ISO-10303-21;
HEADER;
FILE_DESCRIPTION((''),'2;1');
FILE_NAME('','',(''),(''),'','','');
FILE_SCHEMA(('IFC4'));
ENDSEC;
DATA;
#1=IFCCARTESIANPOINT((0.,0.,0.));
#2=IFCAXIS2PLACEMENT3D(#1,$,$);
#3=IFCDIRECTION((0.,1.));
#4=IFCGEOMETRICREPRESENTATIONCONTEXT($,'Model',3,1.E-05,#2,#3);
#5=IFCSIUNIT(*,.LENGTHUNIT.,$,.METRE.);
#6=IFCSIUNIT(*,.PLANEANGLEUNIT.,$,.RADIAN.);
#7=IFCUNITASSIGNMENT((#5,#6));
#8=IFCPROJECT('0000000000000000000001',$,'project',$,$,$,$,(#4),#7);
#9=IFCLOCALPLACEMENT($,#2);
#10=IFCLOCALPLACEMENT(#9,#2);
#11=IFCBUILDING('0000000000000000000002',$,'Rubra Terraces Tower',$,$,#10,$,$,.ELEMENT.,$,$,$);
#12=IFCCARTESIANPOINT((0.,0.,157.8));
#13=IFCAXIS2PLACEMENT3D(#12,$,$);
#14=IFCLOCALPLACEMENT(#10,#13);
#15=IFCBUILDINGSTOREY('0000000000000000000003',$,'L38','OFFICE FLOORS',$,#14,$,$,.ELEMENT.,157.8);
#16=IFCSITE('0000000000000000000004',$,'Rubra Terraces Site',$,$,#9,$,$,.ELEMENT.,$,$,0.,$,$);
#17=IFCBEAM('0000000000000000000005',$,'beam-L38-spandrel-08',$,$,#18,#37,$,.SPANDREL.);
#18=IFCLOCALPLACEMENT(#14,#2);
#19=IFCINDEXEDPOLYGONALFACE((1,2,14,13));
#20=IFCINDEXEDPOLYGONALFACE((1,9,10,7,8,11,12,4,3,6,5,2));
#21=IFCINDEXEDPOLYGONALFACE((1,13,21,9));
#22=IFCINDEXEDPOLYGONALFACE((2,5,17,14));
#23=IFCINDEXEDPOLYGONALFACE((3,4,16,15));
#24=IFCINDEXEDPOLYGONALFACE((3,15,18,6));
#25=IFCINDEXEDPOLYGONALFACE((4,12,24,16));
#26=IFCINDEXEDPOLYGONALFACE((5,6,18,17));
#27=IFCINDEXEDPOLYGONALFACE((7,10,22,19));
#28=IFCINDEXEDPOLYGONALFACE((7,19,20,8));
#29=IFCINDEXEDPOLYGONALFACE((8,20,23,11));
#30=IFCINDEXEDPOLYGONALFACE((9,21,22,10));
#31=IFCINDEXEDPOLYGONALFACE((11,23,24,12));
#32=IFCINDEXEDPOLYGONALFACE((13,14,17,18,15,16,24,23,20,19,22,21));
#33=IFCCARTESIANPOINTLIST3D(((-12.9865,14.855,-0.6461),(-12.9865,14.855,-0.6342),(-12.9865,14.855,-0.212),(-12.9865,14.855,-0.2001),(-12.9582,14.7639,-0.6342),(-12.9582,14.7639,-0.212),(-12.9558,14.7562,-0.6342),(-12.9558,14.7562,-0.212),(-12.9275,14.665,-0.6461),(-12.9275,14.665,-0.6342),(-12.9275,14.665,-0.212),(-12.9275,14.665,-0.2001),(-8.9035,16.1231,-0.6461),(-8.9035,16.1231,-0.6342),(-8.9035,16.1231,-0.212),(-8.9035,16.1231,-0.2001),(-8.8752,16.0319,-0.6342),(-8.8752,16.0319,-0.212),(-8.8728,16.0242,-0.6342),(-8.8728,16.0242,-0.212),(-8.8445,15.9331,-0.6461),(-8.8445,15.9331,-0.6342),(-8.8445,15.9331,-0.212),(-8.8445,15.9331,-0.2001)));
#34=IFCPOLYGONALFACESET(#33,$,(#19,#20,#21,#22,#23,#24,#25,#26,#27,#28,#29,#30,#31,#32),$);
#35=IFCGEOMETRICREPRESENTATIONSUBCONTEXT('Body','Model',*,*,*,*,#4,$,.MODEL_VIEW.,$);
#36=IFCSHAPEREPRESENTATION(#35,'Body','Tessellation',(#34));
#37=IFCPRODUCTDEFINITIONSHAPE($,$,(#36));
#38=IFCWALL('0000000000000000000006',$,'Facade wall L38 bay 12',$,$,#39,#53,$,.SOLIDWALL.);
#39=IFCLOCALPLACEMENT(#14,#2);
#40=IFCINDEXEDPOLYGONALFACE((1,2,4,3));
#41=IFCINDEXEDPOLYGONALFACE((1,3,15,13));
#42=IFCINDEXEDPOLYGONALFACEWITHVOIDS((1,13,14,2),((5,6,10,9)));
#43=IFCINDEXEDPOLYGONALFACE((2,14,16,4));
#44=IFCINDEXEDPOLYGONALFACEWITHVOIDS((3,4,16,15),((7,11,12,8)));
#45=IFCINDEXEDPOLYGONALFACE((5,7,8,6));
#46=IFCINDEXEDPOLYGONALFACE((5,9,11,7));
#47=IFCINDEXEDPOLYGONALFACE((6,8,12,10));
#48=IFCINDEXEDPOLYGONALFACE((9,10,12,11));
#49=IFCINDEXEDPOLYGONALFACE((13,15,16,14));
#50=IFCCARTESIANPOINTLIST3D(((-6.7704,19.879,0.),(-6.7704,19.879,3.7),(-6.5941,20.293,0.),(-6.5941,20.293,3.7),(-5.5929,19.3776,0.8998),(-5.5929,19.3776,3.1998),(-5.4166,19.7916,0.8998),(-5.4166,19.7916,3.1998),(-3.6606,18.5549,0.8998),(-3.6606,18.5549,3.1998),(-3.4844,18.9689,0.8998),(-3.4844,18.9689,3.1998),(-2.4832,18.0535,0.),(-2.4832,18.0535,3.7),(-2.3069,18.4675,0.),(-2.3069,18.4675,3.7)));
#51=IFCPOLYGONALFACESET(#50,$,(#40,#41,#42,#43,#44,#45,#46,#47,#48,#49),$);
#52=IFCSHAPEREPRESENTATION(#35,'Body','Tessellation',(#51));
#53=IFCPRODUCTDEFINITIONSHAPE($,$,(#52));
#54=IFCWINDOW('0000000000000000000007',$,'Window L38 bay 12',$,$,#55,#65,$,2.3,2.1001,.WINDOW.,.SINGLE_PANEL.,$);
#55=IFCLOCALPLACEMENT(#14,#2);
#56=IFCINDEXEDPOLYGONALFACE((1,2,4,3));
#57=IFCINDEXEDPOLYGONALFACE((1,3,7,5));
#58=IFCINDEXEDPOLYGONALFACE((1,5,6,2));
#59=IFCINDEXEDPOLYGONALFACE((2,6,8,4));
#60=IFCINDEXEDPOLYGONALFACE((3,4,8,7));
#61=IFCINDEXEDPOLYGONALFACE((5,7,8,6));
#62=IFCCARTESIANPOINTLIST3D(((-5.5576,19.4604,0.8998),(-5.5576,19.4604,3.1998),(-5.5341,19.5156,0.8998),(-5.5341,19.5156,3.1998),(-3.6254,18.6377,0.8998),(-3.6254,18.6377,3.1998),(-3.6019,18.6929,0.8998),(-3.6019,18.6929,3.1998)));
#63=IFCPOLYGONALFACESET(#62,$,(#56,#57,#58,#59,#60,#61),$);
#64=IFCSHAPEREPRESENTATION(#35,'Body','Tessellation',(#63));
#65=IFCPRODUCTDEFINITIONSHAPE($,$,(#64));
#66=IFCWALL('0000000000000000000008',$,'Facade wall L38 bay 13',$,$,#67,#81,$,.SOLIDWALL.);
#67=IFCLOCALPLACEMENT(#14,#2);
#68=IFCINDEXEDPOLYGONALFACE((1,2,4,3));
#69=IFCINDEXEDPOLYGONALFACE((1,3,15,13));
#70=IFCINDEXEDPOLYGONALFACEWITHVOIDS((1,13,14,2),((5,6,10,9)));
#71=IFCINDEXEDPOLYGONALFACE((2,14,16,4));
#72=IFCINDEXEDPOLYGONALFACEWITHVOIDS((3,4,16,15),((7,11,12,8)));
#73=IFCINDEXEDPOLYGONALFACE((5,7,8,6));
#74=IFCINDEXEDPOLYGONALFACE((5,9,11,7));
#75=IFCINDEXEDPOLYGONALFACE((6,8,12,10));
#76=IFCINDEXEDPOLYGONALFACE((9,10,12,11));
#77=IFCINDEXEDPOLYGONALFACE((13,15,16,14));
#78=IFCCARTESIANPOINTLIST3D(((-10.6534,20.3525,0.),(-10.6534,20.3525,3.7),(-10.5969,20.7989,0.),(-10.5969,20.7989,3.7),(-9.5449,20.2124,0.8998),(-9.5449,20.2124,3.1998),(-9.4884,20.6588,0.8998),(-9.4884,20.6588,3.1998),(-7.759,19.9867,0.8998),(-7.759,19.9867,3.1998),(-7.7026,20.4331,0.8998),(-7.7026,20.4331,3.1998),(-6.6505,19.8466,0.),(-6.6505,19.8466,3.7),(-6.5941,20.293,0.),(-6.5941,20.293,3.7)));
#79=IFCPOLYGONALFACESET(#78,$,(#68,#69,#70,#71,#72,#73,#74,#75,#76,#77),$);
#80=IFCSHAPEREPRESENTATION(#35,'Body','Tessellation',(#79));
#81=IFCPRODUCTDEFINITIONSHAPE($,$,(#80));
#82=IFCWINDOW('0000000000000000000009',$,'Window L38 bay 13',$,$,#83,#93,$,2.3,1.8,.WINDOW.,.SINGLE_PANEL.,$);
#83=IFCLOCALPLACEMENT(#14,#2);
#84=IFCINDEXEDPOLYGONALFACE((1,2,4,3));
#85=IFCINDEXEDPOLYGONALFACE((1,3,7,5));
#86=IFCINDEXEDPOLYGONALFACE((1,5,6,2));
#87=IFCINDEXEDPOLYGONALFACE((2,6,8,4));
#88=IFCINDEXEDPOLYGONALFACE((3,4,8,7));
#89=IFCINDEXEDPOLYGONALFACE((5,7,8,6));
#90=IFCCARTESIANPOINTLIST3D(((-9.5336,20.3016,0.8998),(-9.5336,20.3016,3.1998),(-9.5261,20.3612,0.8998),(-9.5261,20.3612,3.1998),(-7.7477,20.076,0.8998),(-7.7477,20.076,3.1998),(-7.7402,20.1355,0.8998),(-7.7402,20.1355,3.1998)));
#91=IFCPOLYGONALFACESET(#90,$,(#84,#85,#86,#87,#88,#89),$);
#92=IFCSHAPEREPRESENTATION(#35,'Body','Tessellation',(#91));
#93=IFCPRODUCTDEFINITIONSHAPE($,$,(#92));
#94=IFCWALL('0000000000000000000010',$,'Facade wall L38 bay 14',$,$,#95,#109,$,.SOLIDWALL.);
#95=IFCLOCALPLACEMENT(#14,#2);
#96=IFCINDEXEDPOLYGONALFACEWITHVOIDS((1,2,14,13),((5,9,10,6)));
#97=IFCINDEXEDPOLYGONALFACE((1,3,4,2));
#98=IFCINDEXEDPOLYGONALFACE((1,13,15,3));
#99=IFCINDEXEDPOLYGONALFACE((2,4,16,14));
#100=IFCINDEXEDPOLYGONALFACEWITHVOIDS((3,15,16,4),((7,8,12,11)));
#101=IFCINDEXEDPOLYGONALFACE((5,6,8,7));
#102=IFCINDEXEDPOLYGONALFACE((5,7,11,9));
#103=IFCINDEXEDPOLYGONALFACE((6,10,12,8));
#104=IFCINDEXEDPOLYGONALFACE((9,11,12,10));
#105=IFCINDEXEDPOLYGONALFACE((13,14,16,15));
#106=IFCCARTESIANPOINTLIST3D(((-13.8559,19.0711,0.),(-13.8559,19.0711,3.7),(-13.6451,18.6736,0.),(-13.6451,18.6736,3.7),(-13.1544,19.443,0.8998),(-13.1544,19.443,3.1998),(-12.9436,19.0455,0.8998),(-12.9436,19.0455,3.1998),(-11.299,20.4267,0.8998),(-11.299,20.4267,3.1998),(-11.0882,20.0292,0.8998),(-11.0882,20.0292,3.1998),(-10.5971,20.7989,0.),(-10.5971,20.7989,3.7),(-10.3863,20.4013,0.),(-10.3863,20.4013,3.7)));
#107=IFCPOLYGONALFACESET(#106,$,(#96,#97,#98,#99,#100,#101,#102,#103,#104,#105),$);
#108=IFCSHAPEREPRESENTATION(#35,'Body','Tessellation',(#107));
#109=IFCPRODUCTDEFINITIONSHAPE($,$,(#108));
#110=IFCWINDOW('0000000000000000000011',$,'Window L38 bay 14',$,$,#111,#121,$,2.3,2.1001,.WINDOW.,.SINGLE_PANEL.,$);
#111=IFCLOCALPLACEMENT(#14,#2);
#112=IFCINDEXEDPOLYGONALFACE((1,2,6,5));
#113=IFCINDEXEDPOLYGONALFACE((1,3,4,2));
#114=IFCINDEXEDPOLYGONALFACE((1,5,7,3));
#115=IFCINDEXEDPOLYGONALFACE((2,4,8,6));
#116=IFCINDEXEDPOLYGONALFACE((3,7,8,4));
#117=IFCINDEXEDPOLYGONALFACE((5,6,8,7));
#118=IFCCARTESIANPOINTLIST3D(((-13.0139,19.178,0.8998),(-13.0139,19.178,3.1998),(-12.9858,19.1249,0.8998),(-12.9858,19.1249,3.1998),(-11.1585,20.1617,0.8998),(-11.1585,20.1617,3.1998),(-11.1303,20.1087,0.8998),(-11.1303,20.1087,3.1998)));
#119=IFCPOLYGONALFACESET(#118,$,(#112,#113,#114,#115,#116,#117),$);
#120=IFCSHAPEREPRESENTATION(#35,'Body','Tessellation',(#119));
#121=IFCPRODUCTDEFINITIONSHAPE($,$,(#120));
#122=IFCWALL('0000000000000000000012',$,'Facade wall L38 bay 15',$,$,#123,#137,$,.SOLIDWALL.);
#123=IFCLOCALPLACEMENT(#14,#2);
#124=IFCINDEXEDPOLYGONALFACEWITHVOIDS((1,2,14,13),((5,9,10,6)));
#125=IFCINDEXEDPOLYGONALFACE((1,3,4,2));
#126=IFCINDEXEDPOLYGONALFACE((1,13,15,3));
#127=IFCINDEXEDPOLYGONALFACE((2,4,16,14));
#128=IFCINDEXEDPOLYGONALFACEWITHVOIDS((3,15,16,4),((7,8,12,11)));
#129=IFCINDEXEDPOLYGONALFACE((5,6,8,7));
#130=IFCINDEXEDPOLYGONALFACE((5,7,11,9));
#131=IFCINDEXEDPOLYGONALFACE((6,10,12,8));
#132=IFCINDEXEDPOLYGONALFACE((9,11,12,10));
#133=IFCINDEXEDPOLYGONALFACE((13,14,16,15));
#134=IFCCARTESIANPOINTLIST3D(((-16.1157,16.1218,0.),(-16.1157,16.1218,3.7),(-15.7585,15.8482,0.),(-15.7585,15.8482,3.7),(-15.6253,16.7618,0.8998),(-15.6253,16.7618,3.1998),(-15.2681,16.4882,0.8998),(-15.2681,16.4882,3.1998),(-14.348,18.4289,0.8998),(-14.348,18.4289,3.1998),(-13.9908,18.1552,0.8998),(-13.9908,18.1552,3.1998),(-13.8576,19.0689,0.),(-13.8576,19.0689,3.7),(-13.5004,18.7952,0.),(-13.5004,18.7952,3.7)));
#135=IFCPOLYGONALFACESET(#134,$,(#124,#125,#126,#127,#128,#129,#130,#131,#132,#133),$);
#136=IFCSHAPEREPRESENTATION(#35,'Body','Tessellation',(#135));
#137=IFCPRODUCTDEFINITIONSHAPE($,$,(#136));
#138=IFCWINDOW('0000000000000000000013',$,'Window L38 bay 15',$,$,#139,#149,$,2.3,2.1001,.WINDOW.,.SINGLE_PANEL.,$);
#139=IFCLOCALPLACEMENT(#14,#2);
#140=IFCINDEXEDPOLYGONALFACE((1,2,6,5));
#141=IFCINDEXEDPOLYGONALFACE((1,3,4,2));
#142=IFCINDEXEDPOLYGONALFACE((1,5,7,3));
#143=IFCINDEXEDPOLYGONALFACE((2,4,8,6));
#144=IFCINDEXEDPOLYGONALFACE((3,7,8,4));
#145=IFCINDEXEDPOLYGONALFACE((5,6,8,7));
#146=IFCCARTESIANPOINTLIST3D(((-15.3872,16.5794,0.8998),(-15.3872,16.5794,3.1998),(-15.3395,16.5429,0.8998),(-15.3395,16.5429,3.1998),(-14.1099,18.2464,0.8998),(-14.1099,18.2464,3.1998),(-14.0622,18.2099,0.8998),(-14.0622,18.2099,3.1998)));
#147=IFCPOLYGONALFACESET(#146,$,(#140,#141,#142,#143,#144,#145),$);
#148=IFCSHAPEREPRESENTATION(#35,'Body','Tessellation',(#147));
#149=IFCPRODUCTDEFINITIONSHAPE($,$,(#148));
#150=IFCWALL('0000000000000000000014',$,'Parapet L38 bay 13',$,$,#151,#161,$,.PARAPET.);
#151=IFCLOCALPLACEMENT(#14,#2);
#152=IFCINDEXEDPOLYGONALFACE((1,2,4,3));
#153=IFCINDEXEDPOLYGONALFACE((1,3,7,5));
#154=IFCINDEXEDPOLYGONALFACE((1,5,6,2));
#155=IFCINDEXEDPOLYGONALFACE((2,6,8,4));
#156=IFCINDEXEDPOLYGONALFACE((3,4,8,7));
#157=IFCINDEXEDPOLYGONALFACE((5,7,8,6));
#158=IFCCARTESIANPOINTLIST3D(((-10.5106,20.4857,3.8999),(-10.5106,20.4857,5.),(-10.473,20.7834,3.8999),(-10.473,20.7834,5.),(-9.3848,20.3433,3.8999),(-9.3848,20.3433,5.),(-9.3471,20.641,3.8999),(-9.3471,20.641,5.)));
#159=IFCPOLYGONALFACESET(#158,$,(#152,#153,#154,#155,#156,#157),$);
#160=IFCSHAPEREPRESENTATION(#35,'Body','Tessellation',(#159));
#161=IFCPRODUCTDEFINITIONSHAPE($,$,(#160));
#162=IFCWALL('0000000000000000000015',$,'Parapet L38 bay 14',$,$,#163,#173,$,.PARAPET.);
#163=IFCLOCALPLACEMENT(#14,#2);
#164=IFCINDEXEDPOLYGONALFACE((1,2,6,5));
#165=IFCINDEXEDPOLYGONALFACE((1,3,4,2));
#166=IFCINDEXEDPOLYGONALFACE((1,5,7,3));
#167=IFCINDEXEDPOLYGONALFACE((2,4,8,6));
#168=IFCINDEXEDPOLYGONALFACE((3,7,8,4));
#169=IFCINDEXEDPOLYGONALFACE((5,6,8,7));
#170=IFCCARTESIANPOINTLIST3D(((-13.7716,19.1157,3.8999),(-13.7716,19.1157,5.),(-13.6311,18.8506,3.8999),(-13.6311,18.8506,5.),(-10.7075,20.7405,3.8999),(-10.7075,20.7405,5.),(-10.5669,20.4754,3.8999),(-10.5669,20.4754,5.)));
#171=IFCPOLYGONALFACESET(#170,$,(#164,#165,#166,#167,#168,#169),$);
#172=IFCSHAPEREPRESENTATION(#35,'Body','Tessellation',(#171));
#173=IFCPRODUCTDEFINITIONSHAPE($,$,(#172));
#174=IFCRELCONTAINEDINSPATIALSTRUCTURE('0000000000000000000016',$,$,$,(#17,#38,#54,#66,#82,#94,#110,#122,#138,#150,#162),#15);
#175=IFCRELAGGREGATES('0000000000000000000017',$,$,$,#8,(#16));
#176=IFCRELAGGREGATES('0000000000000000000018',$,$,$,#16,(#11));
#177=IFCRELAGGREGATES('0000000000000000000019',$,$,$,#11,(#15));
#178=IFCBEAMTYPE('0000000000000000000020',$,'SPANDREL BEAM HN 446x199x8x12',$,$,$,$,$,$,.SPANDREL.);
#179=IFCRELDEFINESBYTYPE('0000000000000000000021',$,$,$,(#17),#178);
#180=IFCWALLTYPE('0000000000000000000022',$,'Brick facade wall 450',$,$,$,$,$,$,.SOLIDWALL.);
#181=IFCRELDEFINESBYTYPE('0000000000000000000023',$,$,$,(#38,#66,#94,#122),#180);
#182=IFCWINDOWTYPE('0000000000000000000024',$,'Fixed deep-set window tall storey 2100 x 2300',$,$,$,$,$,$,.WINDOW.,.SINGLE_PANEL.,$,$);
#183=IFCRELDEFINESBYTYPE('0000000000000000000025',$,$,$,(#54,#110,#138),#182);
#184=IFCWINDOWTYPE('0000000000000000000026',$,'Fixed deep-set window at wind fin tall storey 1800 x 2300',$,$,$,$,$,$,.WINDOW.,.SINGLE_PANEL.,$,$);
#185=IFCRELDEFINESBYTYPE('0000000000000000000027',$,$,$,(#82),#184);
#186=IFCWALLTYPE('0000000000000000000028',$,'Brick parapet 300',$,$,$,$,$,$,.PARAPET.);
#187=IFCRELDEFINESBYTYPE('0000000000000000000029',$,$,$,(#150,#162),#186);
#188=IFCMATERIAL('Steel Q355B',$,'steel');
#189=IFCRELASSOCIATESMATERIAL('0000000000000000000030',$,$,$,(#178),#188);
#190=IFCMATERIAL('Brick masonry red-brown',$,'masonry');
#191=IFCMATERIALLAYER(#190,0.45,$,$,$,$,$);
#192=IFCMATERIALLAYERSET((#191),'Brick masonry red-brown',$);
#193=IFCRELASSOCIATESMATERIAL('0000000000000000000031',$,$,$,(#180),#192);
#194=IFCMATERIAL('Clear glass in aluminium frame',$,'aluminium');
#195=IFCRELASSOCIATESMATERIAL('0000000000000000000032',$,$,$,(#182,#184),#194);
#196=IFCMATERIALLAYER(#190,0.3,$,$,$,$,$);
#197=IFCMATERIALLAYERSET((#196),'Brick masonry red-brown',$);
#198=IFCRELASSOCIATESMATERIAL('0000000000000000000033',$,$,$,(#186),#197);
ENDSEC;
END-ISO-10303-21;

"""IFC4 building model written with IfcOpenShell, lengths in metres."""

from ifc_helpers import new_model, si_unit, direction, frame, frame_2d, origin, origin_2d, place, context, subcontext, project, spatial, rectangle, i_section, extrude, material, layer, layer_set, material_profile, profile_set, type_object, element, fill, save


model = new_model("IFC4")

# Units and contexts
model_context = context("Model", 3, precision=1e-05, world=origin(), true_north=direction((0.0, 1.0)))
body_context = subcontext(model_context, "Body", "Model", "MODEL_VIEW")
ifc_project = project(units=[si_unit("LENGTHUNIT", "METRE"), si_unit("PLANEANGLEUNIT", "RADIAN")], contexts=[model_context])

# Site, building, storey
site_placement = place(None, origin())
site = spatial("IfcSite", under=ifc_project, at=site_placement, Name="Rubra Terraces Site", CompositionType="ELEMENT", RefElevation=0.0)
building_placement = place(site_placement, origin())
building = spatial("IfcBuilding", under=site, at=building_placement, Name="Rubra Terraces Tower", CompositionType="ELEMENT")
storey_placement = place(building_placement, frame((0.0, 0.0, 157.8)))
storey = spatial("IfcBuildingStorey", under=building, at=storey_placement, Name="L38", Description="OFFICE FLOORS", CompositionType="ELEMENT", Elevation=157.8)

# Beam
ifc_material_1 = material(Name="Steel Q355B", Category="steel")
ifc_material_profile_1 = material_profile(ifc_material_1, i_section(OverallWidth=0.199, OverallDepth=0.446, WebThickness=0.0081, FlangeThickness=0.012, at=origin_2d()), Name="HN 446x199x8x12")
ifc_profile_set_1 = profile_set([ifc_material_profile_1], Name="Steel Q355B")
beam_type_1 = type_object("IfcBeamType", Name="SPANDREL BEAM HN 446x199x8x12", PredefinedType="SPANDREL", material=ifc_profile_set_1)
beam_1_placement = place(storey_placement, frame((-8.874, 16.0281, -0.4231), z_axis=(-0.955003, -0.296597, 0.0), x_axis=(0.296597, -0.955003, 0.0)))
element("IfcBeam", 1, at=beam_1_placement, inside=storey, type_object=beam_type_1, Name="beam-L38-spandrel-08", PredefinedType="SPANDREL", context=body_context, shape_type="SweptSolid", body=[
    extrude(i_section(OverallWidth=0.199, OverallDepth=0.446, WebThickness=0.0081, FlangeThickness=0.012, at=origin_2d()), origin(), (0.0, 0.0, 1.0), 4.2754),
])

# Walls, openings, windows
ifc_material_2 = material(Name="Brick masonry red-brown", Category="masonry")
ifc_layer_1 = layer(ifc_material_2, 0.45)
ifc_layer_set_1 = layer_set([ifc_layer_1], Name="Brick masonry red-brown")
wall_type_1 = type_object("IfcWallType", Name="Brick facade wall 450", PredefinedType="SOLIDWALL", material=ifc_layer_set_1)
wall_1_placement = place(storey_placement, frame((-2.395, 18.2605, 0.0), z_axis=(0.0, 0.0, 1.0), x_axis=(-0.920067, 0.391762, 0.0)))
wall_1 = element("IfcWall", 2, at=wall_1_placement, inside=storey, type_object=wall_type_1, Name="Facade wall L38 bay 12", PredefinedType="SOLIDWALL", context=body_context, shape_type="SweptSolid", body=[
    extrude(rectangle(XDim=4.6597, YDim=0.45, at=frame_2d((2.3298, 0.0))), origin(), (0.0, 0.0, 1.0), 3.7),
])
opening_1_placement = place(wall_1_placement, frame((1.2798, 0.0, 0.8999)))
opening_1 = element("IfcOpeningElement", 3, at=opening_1_placement, cuts=wall_1, PredefinedType="OPENING", context=body_context, shape_type="SweptSolid", body=[
    extrude(rectangle(XDim=2.1001, YDim=2.3, at=frame_2d((1.05, 1.1499))), frame((0.0, 0.2349, 0.0), z_axis=(0.0, -1.0, 0.0), x_axis=(1.0, 0.0, 0.0)), (0.0, 0.0, 1.0), 0.47),
])
ifc_material_3 = material(Name="Clear glass in aluminium frame", Category="aluminium")
window_type_1 = type_object("IfcWindowType", Name="Fixed deep-set window tall storey 2100 x 2300", PartitioningType="SINGLE_PANEL", PredefinedType="WINDOW", material=ifc_material_3)
window_1_placement = place(opening_1_placement, origin())
window_1 = element("IfcWindow", 4, at=window_1_placement, inside=storey, type_object=window_type_1, Name="Window L38 bay 12", OverallHeight=2.3, OverallWidth=2.1001, PartitioningType="SINGLE_PANEL", PredefinedType="WINDOW", context=body_context, shape_type="SweptSolid", body=[
    extrude(rectangle(XDim=2.1001, YDim=2.3, at=frame_2d((1.05, 1.1499))), frame((0.0, 0.135, 0.0), z_axis=(0.0, -1.0, 0.0), x_axis=(1.0, 0.0, 0.0)), (0.0, 0.0, 1.0), 0.0601),
])
fill(opening_1, window_1)
wall_2_placement = place(storey_placement, frame((-6.6223, 20.0698, 0.0), z_axis=(0.0, 0.0, 1.0), x_axis=(-0.992109, 0.125375, 0.0)))
wall_2 = element("IfcWall", 5, at=wall_2_placement, inside=storey, type_object=wall_type_1, Name="Facade wall L38 bay 13", PredefinedType="SOLIDWALL", context=body_context, shape_type="SweptSolid", body=[
    extrude(rectangle(XDim=4.0347, YDim=0.45, at=frame_2d((2.0173, 0.0))), origin(), (0.0, 0.0, 1.0), 3.7),
])
opening_2_placement = place(wall_2_placement, frame((1.1174, 0.0, 0.8999)))
opening_2 = element("IfcOpeningElement", 6, at=opening_2_placement, cuts=wall_2, PredefinedType="OPENING", context=body_context, shape_type="SweptSolid", body=[
    extrude(rectangle(XDim=1.8, YDim=2.3, at=frame_2d((0.8999, 1.1499))), frame((0.0, 0.2349, 0.0), z_axis=(0.0, -1.0, 0.0), x_axis=(1.0, 0.0, 0.0)), (0.0, 0.0, 1.0), 0.47),
])
window_type_2 = type_object("IfcWindowType", Name="Fixed deep-set window at wind fin tall storey 1800 x 2300", PartitioningType="SINGLE_PANEL", PredefinedType="WINDOW", material=ifc_material_3)
window_2_placement = place(opening_2_placement, origin())
window_2 = element("IfcWindow", 7, at=window_2_placement, inside=storey, type_object=window_type_2, Name="Window L38 bay 13", OverallHeight=2.3, OverallWidth=1.8, PartitioningType="SINGLE_PANEL", PredefinedType="WINDOW", context=body_context, shape_type="SweptSolid", body=[
    extrude(rectangle(XDim=1.8, YDim=2.3, at=frame_2d((0.8999, 1.1499))), frame((0.0, 0.135, 0.0), z_axis=(0.0, -1.0, 0.0), x_axis=(1.0, 0.0, 0.0)), (0.0, 0.0, 1.0), 0.0601),
])
fill(opening_2, window_2)
wall_3_placement = place(storey_placement, frame((-10.4917, 20.6001, 0.0), z_axis=(0.0, 0.0, 1.0), x_axis=(-0.883503, -0.468426, 0.0)))
wall_3 = element("IfcWall", 8, at=wall_3_placement, inside=storey, type_object=wall_type_1, Name="Facade wall L38 bay 14", PredefinedType="SOLIDWALL", context=body_context, shape_type="SweptSolid", body=[
    extrude(rectangle(XDim=3.6885, YDim=0.45, at=frame_2d((1.8442, 0.0))), origin(), (0.0, 0.0, 1.0), 3.7),
])
opening_3_placement = place(wall_3_placement, frame((0.7944, 0.0, 0.8999)))
opening_3 = element("IfcOpeningElement", 9, at=opening_3_placement, cuts=wall_3, PredefinedType="OPENING", context=body_context, shape_type="SweptSolid", body=[
    extrude(rectangle(XDim=2.1001, YDim=2.3, at=frame_2d((1.05, 1.1499))), frame((0.0, 0.2349, 0.0), z_axis=(0.0, -1.0, 0.0), x_axis=(1.0, 0.0, 0.0)), (0.0, 0.0, 1.0), 0.47),
])
window_3_placement = place(opening_3_placement, origin())
window_3 = element("IfcWindow", 10, at=window_3_placement, inside=storey, type_object=window_type_1, Name="Window L38 bay 14", OverallHeight=2.3, OverallWidth=2.1001, PartitioningType="SINGLE_PANEL", PredefinedType="WINDOW", context=body_context, shape_type="SweptSolid", body=[
    extrude(rectangle(XDim=2.1001, YDim=2.3, at=frame_2d((1.05, 1.1499))), frame((0.0, 0.135, 0.0), z_axis=(0.0, -1.0, 0.0), x_axis=(1.0, 0.0, 0.0)), (0.0, 0.0, 1.0), 0.0601),
])
fill(opening_3, window_3)
wall_4_placement = place(storey_placement, frame((-13.679, 18.9321, 0.0), z_axis=(0.0, 0.0, 1.0), x_axis=(-0.608206, -0.793779, 0.0)))
wall_4 = element("IfcWall", 11, at=wall_4_placement, inside=storey, type_object=wall_type_1, Name="Facade wall L38 bay 15", PredefinedType="SOLIDWALL", context=body_context, shape_type="SweptSolid", body=[
    extrude(rectangle(XDim=3.7126, YDim=0.45, at=frame_2d((1.8564, 0.0))), origin(), (0.0, 0.0, 1.0), 3.7),
])
opening_4_placement = place(wall_4_placement, frame((0.8064, 0.0, 0.8999)))
opening_4 = element("IfcOpeningElement", 12, at=opening_4_placement, cuts=wall_4, PredefinedType="OPENING", context=body_context, shape_type="SweptSolid", body=[
    extrude(rectangle(XDim=2.1001, YDim=2.3, at=frame_2d((1.05, 1.1499))), frame((0.0, 0.2349, 0.0), z_axis=(0.0, -1.0, 0.0), x_axis=(1.0, 0.0, 0.0)), (0.0, 0.0, 1.0), 0.47),
])
window_4_placement = place(opening_4_placement, origin())
window_4 = element("IfcWindow", 13, at=window_4_placement, inside=storey, type_object=window_type_1, Name="Window L38 bay 15", OverallHeight=2.3, OverallWidth=2.1001, PartitioningType="SINGLE_PANEL", PredefinedType="WINDOW", context=body_context, shape_type="SweptSolid", body=[
    extrude(rectangle(XDim=2.1001, YDim=2.3, at=frame_2d((1.05, 1.1499))), frame((0.0, 0.135, 0.0), z_axis=(0.0, -1.0, 0.0), x_axis=(1.0, 0.0, 0.0)), (0.0, 0.0, 1.0), 0.0601),
])
fill(opening_4, window_4)

# Walls
ifc_layer_2 = layer(ifc_material_2, 0.3)
ifc_layer_set_2 = layer_set([ifc_layer_2], Name="Brick masonry red-brown")
wall_type_2 = type_object("IfcWallType", Name="Brick parapet 300", PredefinedType="PARAPET", material=ifc_layer_set_2)
wall_5_placement = place(storey_placement, frame((-9.366, 20.4922, 3.8999), z_axis=(0.0, 0.0, 1.0), x_axis=(-0.992101, 0.125438, 0.0)))
element("IfcWall", 14, at=wall_5_placement, inside=storey, type_object=wall_type_2, Name="Parapet L38 bay 13", PredefinedType="PARAPET", context=body_context, shape_type="SweptSolid", body=[
    extrude(rectangle(XDim=1.1348, YDim=0.3, at=frame_2d((0.5674, 0.0))), origin(), (0.0, 0.0, 1.0), 1.1001),
])
wall_6_placement = place(storey_placement, frame((-10.6372, 20.6079, 3.8999), z_axis=(0.0, 0.0, 1.0), x_axis=(-0.883486, -0.468457, 0.0)))
element("IfcWall", 15, at=wall_6_placement, inside=storey, type_object=wall_type_2, Name="Parapet L38 bay 14", PredefinedType="PARAPET", context=body_context, shape_type="SweptSolid", body=[
    extrude(rectangle(XDim=3.4683, YDim=0.3, at=frame_2d((1.7341, 0.0))), origin(), (0.0, 0.0, 1.0), 1.1001),
])

save(model, "model.ifc")
